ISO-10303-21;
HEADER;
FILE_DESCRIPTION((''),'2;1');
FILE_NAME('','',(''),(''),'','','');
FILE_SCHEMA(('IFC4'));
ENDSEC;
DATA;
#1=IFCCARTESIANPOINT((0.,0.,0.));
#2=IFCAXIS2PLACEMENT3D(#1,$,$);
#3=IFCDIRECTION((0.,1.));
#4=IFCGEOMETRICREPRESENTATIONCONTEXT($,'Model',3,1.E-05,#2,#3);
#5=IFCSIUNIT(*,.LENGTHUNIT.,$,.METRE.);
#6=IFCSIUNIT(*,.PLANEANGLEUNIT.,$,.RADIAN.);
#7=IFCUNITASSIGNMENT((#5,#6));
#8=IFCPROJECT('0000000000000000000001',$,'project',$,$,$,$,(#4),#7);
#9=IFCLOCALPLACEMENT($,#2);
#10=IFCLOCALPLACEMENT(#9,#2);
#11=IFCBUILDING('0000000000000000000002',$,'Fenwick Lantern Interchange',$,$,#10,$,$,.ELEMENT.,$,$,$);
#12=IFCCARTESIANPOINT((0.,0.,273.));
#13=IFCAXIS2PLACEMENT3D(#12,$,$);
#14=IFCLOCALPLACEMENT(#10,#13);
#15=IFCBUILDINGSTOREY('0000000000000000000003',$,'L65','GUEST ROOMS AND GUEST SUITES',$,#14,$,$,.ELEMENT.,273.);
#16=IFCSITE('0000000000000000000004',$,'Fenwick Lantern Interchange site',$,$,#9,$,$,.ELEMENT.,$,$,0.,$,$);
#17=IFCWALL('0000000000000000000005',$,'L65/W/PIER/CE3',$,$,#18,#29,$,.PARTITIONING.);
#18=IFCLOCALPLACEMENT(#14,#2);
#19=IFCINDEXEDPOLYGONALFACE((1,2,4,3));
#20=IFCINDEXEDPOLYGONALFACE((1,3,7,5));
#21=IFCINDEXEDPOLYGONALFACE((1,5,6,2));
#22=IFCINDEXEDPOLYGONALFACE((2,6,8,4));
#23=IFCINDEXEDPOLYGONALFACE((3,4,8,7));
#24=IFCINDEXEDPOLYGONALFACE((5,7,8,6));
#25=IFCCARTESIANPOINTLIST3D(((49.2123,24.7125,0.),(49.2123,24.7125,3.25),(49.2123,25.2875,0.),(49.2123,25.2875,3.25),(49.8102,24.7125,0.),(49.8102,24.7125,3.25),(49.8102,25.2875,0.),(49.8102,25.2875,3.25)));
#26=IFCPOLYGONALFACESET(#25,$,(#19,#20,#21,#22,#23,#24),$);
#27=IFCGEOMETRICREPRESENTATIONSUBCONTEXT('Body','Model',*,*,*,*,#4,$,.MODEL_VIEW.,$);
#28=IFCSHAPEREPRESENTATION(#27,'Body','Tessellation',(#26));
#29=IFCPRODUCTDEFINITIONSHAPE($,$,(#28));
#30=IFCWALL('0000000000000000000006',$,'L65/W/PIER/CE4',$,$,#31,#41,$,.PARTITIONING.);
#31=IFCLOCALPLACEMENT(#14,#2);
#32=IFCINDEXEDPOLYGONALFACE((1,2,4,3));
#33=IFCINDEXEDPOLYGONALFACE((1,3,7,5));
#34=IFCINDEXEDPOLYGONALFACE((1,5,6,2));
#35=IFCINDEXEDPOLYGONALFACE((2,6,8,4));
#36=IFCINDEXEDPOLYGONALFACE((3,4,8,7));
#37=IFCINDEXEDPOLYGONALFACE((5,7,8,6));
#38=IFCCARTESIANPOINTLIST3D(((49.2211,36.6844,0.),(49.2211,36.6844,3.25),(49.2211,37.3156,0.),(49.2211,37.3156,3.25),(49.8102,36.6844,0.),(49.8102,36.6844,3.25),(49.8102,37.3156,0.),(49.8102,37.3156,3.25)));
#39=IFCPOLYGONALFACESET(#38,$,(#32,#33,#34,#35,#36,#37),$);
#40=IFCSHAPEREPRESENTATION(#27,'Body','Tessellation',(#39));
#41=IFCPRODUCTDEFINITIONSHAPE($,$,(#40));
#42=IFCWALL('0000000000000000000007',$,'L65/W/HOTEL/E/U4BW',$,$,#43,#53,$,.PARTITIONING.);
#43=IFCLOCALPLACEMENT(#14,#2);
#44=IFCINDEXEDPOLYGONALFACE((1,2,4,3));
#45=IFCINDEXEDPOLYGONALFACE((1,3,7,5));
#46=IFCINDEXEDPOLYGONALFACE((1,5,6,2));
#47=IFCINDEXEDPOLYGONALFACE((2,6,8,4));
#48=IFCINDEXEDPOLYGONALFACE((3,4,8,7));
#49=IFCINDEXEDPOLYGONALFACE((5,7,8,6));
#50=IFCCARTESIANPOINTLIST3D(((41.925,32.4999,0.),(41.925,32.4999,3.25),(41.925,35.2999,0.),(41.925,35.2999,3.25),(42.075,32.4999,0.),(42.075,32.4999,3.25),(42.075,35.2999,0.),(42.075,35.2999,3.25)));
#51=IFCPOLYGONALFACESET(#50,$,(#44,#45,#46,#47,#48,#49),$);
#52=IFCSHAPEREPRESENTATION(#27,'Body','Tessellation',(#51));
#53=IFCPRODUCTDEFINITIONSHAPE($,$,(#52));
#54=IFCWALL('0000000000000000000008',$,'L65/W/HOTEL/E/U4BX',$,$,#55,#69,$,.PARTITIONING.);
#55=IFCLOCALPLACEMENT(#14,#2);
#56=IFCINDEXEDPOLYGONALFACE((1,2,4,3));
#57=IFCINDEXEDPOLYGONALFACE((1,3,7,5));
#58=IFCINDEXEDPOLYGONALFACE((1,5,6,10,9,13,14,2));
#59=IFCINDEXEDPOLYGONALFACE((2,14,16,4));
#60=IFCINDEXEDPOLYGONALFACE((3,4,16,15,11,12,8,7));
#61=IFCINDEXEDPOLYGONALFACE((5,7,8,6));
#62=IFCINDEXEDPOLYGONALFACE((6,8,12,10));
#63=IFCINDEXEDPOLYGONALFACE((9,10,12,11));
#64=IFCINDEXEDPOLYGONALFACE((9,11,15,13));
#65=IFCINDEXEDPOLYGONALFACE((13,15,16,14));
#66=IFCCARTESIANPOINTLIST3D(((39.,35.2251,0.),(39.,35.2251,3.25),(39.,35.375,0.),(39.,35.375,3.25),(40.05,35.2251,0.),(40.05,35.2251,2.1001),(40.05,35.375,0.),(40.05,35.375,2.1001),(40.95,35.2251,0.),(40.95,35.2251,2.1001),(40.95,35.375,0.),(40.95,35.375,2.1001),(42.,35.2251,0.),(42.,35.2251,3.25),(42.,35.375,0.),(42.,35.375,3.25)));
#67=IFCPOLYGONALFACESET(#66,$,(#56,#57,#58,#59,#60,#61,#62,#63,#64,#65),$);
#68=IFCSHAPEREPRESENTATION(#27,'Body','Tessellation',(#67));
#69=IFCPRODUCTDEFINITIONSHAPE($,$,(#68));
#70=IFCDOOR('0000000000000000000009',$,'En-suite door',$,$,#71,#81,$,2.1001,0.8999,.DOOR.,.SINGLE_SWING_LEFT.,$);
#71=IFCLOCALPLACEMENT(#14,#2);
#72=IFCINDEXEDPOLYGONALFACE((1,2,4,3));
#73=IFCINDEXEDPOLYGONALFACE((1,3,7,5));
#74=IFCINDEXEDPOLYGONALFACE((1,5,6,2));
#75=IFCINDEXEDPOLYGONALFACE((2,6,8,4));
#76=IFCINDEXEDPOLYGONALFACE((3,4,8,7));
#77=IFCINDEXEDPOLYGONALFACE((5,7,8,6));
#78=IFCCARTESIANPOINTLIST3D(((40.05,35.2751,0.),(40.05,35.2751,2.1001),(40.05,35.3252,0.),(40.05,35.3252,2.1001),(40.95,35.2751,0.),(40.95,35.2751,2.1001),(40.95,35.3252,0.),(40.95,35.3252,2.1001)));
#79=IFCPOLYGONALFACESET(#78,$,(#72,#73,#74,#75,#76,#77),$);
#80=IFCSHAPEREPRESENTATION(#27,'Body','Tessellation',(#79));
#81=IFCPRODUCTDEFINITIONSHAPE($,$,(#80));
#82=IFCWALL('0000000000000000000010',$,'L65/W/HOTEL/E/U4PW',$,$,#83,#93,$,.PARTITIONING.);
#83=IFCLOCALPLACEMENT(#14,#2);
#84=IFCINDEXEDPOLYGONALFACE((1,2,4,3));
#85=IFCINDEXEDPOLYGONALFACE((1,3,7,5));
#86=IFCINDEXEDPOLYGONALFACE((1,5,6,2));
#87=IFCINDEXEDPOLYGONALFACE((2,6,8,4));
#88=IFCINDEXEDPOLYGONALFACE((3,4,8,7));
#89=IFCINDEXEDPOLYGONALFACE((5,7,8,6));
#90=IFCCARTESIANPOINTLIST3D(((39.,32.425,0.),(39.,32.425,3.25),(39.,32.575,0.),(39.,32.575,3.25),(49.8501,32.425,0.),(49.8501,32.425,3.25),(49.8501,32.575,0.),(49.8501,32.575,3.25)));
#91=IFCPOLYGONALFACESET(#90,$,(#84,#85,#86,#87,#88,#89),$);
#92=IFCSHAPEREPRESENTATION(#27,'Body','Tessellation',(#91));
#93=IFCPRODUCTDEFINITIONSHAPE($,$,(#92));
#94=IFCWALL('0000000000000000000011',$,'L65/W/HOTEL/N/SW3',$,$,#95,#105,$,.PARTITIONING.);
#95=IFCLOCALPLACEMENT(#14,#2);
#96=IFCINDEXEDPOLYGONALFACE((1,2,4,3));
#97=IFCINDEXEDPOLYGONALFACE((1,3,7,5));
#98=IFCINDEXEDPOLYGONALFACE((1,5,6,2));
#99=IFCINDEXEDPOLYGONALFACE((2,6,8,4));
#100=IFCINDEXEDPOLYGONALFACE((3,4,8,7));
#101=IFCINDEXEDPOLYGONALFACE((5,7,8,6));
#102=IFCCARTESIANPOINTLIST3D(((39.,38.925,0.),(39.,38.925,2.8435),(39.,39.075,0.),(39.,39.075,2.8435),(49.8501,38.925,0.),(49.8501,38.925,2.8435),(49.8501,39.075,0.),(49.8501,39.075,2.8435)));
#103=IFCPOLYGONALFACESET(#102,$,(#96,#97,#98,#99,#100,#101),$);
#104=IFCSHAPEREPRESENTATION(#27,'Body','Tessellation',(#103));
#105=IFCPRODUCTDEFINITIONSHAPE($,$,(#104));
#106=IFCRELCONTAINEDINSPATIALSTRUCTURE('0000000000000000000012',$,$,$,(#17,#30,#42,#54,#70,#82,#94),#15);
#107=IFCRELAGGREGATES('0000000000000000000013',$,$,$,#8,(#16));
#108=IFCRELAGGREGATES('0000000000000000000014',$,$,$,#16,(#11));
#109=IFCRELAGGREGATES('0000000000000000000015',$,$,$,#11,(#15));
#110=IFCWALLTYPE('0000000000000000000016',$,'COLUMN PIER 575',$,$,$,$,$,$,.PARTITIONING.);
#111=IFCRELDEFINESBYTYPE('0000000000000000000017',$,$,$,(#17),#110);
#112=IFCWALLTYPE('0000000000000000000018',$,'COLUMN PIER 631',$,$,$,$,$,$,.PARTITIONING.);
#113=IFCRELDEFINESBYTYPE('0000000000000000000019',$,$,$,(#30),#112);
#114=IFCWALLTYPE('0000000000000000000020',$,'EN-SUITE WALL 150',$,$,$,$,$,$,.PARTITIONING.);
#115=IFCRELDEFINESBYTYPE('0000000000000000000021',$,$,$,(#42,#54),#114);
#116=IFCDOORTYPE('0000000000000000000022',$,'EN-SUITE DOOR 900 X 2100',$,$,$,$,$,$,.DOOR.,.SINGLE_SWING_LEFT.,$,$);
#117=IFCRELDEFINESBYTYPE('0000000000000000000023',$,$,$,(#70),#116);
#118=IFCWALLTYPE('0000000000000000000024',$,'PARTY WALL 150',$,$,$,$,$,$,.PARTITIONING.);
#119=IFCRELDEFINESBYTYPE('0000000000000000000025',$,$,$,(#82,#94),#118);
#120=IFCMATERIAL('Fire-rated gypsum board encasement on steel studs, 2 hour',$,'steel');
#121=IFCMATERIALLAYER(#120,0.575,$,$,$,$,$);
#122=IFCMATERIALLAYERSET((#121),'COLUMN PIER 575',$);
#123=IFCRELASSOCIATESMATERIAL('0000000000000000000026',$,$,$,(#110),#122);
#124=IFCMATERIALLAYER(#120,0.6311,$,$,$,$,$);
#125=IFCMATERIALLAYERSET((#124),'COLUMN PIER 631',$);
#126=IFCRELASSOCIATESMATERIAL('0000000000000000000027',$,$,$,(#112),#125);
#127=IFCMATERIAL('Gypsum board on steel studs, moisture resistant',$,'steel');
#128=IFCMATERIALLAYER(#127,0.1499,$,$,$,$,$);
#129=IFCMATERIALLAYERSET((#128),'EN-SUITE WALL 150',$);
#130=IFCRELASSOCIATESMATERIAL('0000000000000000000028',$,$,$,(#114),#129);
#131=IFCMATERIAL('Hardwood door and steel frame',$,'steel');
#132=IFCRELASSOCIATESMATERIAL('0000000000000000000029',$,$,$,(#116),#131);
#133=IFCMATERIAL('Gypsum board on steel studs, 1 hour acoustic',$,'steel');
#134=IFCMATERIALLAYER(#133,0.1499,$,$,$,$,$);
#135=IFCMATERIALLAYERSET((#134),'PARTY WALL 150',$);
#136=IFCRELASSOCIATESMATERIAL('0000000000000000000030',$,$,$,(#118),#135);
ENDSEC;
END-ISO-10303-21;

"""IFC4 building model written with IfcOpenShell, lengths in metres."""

from ifc_helpers import new_model, si_unit, direction, frame, frame_2d, origin, place, context, subcontext, project, spatial, rectangle, extrude, material, layer, layer_set, type_object, element, fill, save


model = new_model("IFC4")

# Units and contexts
model_context = context("Model", 3, precision=1e-05, world=origin(), true_north=direction((0.0, 1.0)))
body_context = subcontext(model_context, "Body", "Model", "MODEL_VIEW")
ifc_project = project(units=[si_unit("LENGTHUNIT", "METRE"), si_unit("PLANEANGLEUNIT", "RADIAN")], contexts=[model_context])

# Site, building, storey
site_placement = place(None, origin())
site = spatial("IfcSite", under=ifc_project, at=site_placement, Name="Fenwick Lantern Interchange site", CompositionType="ELEMENT", RefElevation=0.0)
building_placement = place(site_placement, origin())
building = spatial("IfcBuilding", under=site, at=building_placement, Name="Fenwick Lantern Interchange", CompositionType="ELEMENT")
storey_placement = place(building_placement, frame((0.0, 0.0, 273.0)))
storey = spatial("IfcBuildingStorey", under=building, at=storey_placement, Name="L65", Description="GUEST ROOMS AND GUEST SUITES", CompositionType="ELEMENT", Elevation=273.0)

# Walls
ifc_material_1 = material(Name="Fire-rated gypsum board encasement on steel studs, 2 hour", Category="steel")
ifc_layer_1 = layer(ifc_material_1, 0.575)
ifc_layer_set_1 = layer_set([ifc_layer_1], Name="COLUMN PIER 575")
wall_type_1 = type_object("IfcWallType", Name="COLUMN PIER 575", PredefinedType="PARTITIONING", material=ifc_layer_set_1)
wall_1_placement = place(storey_placement, frame((49.8101, 25.0, 0.0), z_axis=(0.0, 0.0, 1.0), x_axis=(-1.0, 0.0, 0.0)))
element("IfcWall", 1, at=wall_1_placement, inside=storey, type_object=wall_type_1, Name="L65/W/PIER/CE3", PredefinedType="PARTITIONING", context=body_context, shape_type="SweptSolid", body=[
    extrude(rectangle(XDim=0.5979, YDim=0.575, at=frame_2d((0.2988, 0.0))), origin(), (0.0, 0.0, 1.0), 3.25),
])
ifc_layer_2 = layer(ifc_material_1, 0.6311)
ifc_layer_set_2 = layer_set([ifc_layer_2], Name="COLUMN PIER 631")
wall_type_2 = type_object("IfcWallType", Name="COLUMN PIER 631", PredefinedType="PARTITIONING", material=ifc_layer_set_2)
wall_2_placement = place(storey_placement, frame((49.8101, 37.0, 0.0), z_axis=(0.0, 0.0, 1.0), x_axis=(-1.0, 0.0, 0.0)))
element("IfcWall", 2, at=wall_2_placement, inside=storey, type_object=wall_type_2, Name="L65/W/PIER/CE4", PredefinedType="PARTITIONING", context=body_context, shape_type="SweptSolid", body=[
    extrude(rectangle(XDim=0.5891, YDim=0.6311, at=frame_2d((0.2944, 0.0))), origin(), (0.0, 0.0, 1.0), 3.25),
])
ifc_material_2 = material(Name="Gypsum board on steel studs, moisture resistant", Category="steel")
ifc_layer_3 = layer(ifc_material_2, 0.1499)
ifc_layer_set_3 = layer_set([ifc_layer_3], Name="EN-SUITE WALL 150")
wall_type_3 = type_object("IfcWallType", Name="EN-SUITE WALL 150", PredefinedType="PARTITIONING", material=ifc_layer_set_3)
wall_3_placement = place(storey_placement, frame((42.0, 32.5, 0.0), z_axis=(0.0, 0.0, 1.0), x_axis=(0.0, 1.0, 0.0)))
element("IfcWall", 3, at=wall_3_placement, inside=storey, type_object=wall_type_3, Name="L65/W/HOTEL/E/U4BW", PredefinedType="PARTITIONING", context=body_context, shape_type="SweptSolid", body=[
    extrude(rectangle(XDim=2.8, YDim=0.1499, at=frame_2d((1.3999, 0.0))), origin(), (0.0, 0.0, 1.0), 3.25),
])

# Wall, opening, door
wall_4_placement = place(storey_placement, frame((42.0, 35.3, 0.0), z_axis=(0.0, 0.0, 1.0), x_axis=(-1.0, 0.0, 0.0)))
wall_4 = element("IfcWall", 4, at=wall_4_placement, inside=storey, type_object=wall_type_3, Name="L65/W/HOTEL/E/U4BX", PredefinedType="PARTITIONING", context=body_context, shape_type="SweptSolid", body=[
    extrude(rectangle(XDim=3.0, YDim=0.1499, at=frame_2d((1.5, 0.0))), origin(), (0.0, 0.0, 1.0), 3.25),
])
opening_placement = place(wall_4_placement, frame((1.05, 0.0, 0.0)))
opening = element("IfcOpeningElement", 5, at=opening_placement, cuts=wall_4, PredefinedType="OPENING", context=body_context, shape_type="SweptSolid", body=[
    extrude(rectangle(XDim=0.8999, YDim=2.1001, at=frame_2d((0.45, 1.05))), frame((0.0, 0.085, 0.0), z_axis=(0.0, -1.0, 0.0), x_axis=(1.0, 0.0, 0.0)), (0.0, 0.0, 1.0), 0.1699),
])
ifc_material_3 = material(Name="Hardwood door and steel frame", Category="steel")
door_type = type_object("IfcDoorType", Name="EN-SUITE DOOR 900 X 2100", OperationType="SINGLE_SWING_LEFT", PredefinedType="DOOR", material=ifc_material_3)
door_placement = place(opening_placement, origin())
door = element("IfcDoor", 6, at=door_placement, inside=storey, type_object=door_type, Name="En-suite door", OperationType="SINGLE_SWING_LEFT", OverallHeight=2.1001, OverallWidth=0.8999, PredefinedType="DOOR", context=body_context, shape_type="SweptSolid", body=[
    extrude(rectangle(XDim=0.8999, YDim=2.1001, at=frame_2d((0.45, 1.05))), frame((0.0, 0.0249, 0.0), z_axis=(0.0, -1.0, 0.0), x_axis=(1.0, 0.0, 0.0)), (0.0, 0.0, 1.0), 0.05),
])
fill(opening, door)

# Walls
ifc_material_4 = material(Name="Gypsum board on steel studs, 1 hour acoustic", Category="steel")
ifc_layer_4 = layer(ifc_material_4, 0.1499)
ifc_layer_set_4 = layer_set([ifc_layer_4], Name="PARTY WALL 150")
wall_type_4 = type_object("IfcWallType", Name="PARTY WALL 150", PredefinedType="PARTITIONING", material=ifc_layer_set_4)
wall_5_placement = place(storey_placement, frame((49.8501, 32.5, 0.0), z_axis=(0.0, 0.0, 1.0), x_axis=(-1.0, 0.0, 0.0)))
element("IfcWall", 7, at=wall_5_placement, inside=storey, type_object=wall_type_4, Name="L65/W/HOTEL/E/U4PW", PredefinedType="PARTITIONING", context=body_context, shape_type="SweptSolid", body=[
    extrude(rectangle(XDim=10.8501, YDim=0.1499, at=frame_2d((5.425, 0.0))), origin(), (0.0, 0.0, 1.0), 3.25),
])
wall_6_placement = place(storey_placement, frame((49.8501, 39.0, 0.0), z_axis=(0.0, 0.0, 1.0), x_axis=(-1.0, 0.0, 0.0)))
element("IfcWall", 8, at=wall_6_placement, inside=storey, type_object=wall_type_4, Name="L65/W/HOTEL/N/SW3", PredefinedType="PARTITIONING", context=body_context, shape_type="SweptSolid", body=[
    extrude(rectangle(XDim=10.8501, YDim=0.1499, at=frame_2d((5.425, 0.0))), origin(), (0.0, 0.0, 1.0), 2.8435),
])

save(model, "model.ifc")
